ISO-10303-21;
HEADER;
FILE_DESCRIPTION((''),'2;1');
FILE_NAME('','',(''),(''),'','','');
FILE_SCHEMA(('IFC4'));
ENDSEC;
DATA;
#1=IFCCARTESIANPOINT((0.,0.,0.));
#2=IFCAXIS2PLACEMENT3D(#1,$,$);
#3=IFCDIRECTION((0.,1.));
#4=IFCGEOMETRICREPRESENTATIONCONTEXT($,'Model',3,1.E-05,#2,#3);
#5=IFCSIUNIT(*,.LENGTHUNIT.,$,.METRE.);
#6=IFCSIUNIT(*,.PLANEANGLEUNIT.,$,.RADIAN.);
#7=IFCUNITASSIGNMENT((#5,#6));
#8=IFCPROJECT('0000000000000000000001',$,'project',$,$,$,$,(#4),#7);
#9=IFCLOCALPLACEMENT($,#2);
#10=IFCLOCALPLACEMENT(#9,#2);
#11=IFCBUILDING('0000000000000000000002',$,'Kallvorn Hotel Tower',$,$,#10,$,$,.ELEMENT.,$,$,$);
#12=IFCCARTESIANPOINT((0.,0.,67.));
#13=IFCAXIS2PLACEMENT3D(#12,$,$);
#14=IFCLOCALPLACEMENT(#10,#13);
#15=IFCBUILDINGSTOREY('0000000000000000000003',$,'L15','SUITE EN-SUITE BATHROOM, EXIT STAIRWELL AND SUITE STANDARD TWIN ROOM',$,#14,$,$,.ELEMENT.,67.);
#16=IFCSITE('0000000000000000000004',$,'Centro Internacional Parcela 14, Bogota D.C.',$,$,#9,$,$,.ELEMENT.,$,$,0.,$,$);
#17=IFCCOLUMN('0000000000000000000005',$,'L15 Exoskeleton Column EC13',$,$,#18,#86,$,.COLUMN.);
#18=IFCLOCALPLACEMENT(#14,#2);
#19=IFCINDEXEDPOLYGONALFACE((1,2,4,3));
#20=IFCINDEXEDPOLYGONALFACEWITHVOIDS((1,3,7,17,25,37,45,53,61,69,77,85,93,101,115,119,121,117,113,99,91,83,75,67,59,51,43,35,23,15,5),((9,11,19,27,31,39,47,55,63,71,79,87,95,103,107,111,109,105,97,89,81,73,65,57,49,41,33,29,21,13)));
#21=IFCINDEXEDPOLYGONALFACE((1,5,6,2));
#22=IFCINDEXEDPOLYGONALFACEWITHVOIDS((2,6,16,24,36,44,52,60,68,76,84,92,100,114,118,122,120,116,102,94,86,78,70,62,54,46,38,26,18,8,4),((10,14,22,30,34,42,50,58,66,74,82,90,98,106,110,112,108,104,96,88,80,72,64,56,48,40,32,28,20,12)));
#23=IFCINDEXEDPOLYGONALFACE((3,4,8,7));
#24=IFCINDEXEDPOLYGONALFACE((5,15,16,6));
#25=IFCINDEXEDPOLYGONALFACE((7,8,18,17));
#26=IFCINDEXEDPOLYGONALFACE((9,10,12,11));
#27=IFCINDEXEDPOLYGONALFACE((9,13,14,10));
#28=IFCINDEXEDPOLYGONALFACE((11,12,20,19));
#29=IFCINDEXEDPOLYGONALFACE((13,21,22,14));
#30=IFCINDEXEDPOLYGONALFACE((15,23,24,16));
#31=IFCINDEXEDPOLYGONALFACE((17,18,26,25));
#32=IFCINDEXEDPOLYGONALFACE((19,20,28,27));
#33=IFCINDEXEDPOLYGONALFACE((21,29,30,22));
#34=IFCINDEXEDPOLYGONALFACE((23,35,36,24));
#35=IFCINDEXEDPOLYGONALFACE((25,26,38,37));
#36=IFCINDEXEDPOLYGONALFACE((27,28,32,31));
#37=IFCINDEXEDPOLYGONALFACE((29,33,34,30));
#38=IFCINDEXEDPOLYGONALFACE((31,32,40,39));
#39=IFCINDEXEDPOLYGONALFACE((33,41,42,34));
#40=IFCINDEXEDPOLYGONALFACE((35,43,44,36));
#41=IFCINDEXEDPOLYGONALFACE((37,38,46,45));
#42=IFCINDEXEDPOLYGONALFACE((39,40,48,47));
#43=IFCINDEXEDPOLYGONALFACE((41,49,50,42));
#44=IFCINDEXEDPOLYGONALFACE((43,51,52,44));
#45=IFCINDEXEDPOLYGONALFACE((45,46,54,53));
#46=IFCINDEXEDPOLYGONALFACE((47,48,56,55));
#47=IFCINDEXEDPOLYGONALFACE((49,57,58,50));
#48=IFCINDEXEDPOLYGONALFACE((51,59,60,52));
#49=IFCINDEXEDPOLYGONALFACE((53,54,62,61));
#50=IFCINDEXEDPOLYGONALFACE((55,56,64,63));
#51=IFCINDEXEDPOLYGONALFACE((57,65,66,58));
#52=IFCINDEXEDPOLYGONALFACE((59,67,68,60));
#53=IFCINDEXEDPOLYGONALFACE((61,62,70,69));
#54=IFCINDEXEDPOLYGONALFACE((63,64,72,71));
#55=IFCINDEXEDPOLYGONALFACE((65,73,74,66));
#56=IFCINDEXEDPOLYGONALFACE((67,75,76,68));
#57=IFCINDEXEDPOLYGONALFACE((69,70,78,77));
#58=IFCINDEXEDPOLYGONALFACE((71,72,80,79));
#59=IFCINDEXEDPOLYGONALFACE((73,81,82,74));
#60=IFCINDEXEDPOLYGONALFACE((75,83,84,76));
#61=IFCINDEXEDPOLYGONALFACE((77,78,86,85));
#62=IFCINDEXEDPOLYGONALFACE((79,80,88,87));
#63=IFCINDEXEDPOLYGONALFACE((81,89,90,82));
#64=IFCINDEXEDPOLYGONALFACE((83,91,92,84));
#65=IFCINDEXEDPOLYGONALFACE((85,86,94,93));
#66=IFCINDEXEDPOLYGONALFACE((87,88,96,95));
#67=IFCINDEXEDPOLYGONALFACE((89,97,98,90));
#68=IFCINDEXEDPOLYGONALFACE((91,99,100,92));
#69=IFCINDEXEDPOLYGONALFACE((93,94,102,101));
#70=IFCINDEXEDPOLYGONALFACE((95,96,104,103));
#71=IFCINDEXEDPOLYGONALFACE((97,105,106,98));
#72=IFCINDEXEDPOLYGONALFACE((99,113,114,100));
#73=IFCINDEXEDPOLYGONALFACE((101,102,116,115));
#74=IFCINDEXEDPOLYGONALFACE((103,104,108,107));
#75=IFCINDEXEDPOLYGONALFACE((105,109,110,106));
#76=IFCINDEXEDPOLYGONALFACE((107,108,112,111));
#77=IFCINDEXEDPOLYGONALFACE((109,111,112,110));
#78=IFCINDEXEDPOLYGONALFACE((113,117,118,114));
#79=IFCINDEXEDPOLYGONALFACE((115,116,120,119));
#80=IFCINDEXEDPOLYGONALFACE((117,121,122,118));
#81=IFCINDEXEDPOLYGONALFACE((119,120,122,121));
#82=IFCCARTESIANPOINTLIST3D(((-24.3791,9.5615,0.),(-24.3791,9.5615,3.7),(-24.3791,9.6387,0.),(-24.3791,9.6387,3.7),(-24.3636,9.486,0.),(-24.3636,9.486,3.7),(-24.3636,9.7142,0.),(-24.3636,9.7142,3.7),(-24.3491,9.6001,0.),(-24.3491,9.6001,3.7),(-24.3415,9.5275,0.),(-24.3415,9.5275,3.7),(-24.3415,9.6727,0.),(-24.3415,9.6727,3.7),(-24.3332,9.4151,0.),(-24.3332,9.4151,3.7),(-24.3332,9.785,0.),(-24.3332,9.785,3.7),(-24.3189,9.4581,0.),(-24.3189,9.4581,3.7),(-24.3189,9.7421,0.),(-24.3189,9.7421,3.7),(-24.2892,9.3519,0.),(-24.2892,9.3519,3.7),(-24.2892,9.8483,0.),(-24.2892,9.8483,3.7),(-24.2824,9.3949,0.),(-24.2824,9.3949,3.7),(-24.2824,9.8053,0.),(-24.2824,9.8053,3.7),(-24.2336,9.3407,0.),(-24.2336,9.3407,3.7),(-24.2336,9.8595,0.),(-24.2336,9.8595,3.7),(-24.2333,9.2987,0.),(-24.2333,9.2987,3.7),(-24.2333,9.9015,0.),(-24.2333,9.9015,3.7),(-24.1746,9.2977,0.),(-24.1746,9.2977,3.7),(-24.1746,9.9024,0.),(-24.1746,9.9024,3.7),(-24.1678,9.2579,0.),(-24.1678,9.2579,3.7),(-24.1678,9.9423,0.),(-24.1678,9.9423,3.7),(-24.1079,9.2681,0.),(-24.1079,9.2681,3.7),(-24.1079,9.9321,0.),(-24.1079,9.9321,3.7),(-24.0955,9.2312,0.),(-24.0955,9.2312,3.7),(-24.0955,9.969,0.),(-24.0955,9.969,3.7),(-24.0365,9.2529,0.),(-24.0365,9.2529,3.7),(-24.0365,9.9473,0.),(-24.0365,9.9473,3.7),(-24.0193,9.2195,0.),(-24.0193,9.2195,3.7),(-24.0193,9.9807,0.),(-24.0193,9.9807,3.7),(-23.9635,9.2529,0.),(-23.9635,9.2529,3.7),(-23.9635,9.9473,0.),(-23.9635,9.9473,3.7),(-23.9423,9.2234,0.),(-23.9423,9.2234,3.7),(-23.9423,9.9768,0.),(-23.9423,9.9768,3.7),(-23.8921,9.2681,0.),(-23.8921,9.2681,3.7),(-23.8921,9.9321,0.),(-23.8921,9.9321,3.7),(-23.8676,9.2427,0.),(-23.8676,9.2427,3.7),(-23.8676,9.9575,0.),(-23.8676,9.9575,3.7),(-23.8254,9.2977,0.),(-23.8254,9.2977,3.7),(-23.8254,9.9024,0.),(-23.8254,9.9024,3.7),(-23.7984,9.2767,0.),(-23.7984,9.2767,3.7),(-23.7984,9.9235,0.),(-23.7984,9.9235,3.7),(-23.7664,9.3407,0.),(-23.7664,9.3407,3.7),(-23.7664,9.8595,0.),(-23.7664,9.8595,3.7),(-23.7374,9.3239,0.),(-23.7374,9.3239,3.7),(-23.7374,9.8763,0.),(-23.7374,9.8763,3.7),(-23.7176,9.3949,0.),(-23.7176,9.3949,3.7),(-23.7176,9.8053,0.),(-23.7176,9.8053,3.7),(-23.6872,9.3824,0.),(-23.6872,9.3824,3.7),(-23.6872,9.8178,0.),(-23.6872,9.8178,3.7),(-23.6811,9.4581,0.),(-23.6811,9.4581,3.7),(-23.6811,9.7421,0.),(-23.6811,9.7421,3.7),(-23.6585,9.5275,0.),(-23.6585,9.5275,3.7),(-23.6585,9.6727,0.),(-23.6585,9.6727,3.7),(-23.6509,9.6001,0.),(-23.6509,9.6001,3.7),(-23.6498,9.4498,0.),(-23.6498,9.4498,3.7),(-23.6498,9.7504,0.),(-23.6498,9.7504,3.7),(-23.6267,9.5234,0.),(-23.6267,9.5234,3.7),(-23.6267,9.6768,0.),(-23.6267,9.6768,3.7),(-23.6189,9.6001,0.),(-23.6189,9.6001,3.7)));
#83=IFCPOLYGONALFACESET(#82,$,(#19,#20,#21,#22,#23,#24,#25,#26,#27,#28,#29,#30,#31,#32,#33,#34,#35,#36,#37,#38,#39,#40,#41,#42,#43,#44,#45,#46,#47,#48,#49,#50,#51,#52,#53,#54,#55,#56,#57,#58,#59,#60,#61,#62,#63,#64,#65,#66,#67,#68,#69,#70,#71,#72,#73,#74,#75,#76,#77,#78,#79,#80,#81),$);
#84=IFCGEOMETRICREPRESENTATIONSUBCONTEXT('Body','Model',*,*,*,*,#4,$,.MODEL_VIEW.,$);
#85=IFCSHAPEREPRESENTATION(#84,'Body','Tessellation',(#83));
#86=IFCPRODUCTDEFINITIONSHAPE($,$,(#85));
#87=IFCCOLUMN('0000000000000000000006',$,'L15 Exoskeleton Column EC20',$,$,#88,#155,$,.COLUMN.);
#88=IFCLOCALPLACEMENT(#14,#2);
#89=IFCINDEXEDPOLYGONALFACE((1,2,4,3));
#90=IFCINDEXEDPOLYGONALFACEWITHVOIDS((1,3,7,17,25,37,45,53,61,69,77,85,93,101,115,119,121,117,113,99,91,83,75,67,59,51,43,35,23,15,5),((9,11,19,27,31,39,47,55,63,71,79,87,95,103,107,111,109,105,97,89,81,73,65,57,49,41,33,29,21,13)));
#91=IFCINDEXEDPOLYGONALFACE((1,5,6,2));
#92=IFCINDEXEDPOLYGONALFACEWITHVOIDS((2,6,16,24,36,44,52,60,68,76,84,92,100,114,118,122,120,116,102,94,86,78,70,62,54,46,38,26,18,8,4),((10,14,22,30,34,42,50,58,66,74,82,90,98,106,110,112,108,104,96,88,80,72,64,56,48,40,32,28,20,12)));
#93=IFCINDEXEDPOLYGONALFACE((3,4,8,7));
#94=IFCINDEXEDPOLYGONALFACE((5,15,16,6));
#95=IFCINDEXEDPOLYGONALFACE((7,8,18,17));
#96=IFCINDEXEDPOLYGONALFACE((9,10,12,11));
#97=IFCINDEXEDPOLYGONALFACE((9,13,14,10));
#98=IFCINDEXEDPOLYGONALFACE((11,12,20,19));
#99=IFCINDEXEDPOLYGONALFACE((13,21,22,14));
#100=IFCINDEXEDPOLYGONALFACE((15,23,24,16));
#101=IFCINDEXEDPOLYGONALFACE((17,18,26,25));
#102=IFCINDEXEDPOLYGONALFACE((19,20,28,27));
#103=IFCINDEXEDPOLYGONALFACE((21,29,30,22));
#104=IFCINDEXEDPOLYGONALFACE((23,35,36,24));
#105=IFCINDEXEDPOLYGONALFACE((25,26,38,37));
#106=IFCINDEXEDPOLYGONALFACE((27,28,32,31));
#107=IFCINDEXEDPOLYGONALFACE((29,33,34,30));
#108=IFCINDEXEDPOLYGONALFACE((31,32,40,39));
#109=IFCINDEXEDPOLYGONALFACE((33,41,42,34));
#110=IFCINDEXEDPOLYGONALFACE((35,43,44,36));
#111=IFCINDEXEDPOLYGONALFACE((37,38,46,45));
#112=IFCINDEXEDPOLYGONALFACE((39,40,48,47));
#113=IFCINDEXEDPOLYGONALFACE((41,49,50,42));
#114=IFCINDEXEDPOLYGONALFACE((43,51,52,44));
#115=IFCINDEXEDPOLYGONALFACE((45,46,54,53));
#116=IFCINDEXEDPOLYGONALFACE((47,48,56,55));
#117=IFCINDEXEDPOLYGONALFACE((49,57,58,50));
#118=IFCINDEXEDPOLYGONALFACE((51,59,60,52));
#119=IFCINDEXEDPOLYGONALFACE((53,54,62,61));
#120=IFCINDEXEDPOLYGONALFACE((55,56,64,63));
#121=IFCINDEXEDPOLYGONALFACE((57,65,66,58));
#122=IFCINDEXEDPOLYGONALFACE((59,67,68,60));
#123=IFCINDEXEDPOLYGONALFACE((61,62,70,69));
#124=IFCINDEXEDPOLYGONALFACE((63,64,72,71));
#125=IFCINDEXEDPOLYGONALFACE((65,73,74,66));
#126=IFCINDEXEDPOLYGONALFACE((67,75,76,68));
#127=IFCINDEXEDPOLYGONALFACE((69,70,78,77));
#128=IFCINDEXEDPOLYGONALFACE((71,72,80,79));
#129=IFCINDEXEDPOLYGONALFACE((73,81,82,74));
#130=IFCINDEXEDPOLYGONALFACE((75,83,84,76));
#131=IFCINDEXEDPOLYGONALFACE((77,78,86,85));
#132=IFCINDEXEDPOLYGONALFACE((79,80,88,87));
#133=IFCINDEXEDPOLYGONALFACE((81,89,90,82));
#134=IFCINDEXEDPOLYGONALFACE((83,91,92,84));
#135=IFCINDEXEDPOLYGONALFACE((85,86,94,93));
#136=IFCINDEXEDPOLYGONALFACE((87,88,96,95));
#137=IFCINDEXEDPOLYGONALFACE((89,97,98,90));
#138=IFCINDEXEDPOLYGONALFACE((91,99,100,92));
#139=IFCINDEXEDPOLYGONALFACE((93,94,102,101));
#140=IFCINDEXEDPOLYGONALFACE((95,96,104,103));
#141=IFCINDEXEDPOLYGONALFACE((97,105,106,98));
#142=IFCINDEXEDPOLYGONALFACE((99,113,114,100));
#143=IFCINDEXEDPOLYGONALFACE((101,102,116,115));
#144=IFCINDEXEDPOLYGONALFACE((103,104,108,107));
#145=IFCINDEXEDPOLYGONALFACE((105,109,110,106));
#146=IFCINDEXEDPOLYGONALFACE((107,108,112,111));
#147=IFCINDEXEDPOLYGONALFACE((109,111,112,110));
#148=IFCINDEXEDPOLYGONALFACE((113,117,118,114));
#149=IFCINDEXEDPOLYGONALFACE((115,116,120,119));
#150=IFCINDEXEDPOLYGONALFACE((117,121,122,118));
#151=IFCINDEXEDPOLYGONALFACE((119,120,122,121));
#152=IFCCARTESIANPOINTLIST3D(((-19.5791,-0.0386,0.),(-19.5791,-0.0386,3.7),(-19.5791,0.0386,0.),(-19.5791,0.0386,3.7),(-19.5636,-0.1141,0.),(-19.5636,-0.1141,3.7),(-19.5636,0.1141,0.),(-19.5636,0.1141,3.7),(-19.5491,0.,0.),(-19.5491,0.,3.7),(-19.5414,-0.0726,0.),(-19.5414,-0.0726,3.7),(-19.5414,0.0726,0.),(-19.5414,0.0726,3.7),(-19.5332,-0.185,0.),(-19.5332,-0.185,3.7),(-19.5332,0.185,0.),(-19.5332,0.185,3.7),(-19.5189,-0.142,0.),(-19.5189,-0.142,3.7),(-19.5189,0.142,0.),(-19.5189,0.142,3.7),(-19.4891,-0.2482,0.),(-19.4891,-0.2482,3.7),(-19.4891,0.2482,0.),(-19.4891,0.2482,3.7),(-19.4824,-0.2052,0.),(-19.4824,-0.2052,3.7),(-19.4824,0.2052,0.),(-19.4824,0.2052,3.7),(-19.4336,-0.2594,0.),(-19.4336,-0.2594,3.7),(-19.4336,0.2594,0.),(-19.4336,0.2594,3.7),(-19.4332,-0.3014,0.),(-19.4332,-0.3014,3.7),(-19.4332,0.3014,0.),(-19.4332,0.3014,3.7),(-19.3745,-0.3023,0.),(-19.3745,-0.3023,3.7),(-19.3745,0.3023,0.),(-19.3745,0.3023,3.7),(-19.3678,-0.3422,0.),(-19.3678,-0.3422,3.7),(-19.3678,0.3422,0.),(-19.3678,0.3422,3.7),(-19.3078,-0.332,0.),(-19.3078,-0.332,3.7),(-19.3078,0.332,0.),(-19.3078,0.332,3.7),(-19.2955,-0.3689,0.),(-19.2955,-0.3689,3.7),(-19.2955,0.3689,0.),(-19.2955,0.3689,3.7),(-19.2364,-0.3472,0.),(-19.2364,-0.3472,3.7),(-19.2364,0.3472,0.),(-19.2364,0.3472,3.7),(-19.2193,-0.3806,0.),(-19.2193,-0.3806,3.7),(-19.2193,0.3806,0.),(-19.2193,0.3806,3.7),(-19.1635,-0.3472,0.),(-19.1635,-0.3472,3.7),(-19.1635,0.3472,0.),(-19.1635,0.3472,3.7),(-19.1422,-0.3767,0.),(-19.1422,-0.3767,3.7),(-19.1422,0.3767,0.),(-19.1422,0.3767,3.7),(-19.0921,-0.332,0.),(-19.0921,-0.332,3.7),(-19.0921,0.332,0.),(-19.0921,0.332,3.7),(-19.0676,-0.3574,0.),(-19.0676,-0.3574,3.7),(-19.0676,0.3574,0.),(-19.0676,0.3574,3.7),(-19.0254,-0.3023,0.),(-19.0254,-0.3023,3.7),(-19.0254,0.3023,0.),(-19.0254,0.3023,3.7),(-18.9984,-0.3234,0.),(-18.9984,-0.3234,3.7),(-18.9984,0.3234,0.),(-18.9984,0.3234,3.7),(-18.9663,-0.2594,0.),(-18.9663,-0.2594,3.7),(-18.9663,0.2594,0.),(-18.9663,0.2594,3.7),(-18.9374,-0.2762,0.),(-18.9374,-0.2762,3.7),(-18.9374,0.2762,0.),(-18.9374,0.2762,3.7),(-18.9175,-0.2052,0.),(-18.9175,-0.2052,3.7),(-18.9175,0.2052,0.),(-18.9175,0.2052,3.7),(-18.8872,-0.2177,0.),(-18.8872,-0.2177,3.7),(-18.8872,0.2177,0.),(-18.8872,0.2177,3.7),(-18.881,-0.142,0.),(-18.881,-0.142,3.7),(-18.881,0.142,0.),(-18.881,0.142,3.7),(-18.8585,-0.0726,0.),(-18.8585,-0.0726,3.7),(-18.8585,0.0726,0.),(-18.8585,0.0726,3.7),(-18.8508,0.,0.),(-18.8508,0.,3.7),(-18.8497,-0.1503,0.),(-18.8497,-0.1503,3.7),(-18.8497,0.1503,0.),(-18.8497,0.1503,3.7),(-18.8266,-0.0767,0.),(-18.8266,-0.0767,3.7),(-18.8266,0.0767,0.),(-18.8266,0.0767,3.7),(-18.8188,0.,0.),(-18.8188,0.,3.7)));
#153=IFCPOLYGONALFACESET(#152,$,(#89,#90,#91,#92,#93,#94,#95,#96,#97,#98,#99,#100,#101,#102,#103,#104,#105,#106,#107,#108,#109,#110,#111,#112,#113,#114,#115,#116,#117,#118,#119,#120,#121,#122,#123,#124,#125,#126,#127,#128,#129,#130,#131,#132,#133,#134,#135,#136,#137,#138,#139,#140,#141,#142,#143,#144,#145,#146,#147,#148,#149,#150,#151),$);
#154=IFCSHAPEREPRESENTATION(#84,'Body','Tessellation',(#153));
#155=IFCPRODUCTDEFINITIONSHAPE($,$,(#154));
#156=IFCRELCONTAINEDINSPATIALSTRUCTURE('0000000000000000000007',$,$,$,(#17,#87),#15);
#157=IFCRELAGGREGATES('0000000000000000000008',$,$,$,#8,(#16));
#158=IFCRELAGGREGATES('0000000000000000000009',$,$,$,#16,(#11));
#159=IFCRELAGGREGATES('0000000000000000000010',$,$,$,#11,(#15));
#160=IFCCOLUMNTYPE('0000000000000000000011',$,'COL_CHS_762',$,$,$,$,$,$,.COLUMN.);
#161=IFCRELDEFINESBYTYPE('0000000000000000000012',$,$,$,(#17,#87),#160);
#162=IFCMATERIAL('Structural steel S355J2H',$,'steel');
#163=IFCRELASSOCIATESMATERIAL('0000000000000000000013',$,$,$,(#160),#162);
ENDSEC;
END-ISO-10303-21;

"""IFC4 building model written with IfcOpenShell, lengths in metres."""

from ifc_helpers import new_model, si_unit, direction, frame, origin, origin_2d, place, context, subcontext, project, spatial, hollow_circle, extrude, material, material_profile, profile_set, type_object, element, save


model = new_model("IFC4")

# Units and contexts
model_context = context("Model", 3, precision=1e-05, world=origin(), true_north=direction((0.0, 1.0)))
body_context = subcontext(model_context, "Body", "Model", "MODEL_VIEW")
ifc_project = project(units=[si_unit("LENGTHUNIT", "METRE"), si_unit("PLANEANGLEUNIT", "RADIAN")], contexts=[model_context])

# Site, building, storey
site_placement = place(None, origin())
site = spatial("IfcSite", under=ifc_project, at=site_placement, Name="Centro Internacional Parcela 14, Bogota D.C.", CompositionType="ELEMENT", RefElevation=0.0)
building_placement = place(site_placement, origin())
building = spatial("IfcBuilding", under=site, at=building_placement, Name="Kallvorn Hotel Tower", CompositionType="ELEMENT")
storey_placement = place(building_placement, frame((0.0, 0.0, 67.0)))
storey = spatial("IfcBuildingStorey", under=building, at=storey_placement, Name="L15", Description="SUITE EN-SUITE BATHROOM, EXIT STAIRWELL AND SUITE STANDARD TWIN ROOM", CompositionType="ELEMENT", Elevation=67.0)

# Columns
ifc_material_1 = material(Name="Structural steel S355J2H", Category="steel")
ifc_material_profile_1 = material_profile(ifc_material_1, hollow_circle(Radius=0.3811, WallThickness=0.032, at=origin_2d()), Name="CHS 762x32")
ifc_profile_set_1 = profile_set([ifc_material_profile_1], Name="Structural steel S355J2H")
column_type_1 = type_object("IfcColumnType", Name="COL_CHS_762", PredefinedType="COLUMN", material=ifc_profile_set_1)
for number, where, z_axis, x_axis, name in (
    (1, (-24.0, 9.6001, 0.0), (0.0, 0.0, 1.0), (1.0, 0.0, 0.0), "L15 Exoskeleton Column EC13"),
    (2, (-19.2, 0.0, 0.0), (0.0, 0.0, 1.0), (1.0, 0.0, 0.0), "L15 Exoskeleton Column EC20"),
):
    element("IfcColumn", number, at=place(storey_placement, frame(where, z_axis=z_axis, x_axis=x_axis)), inside=storey, type_object=column_type_1, Name=name, PredefinedType="COLUMN", context=body_context, shape_type="SweptSolid", body=[
        extrude(hollow_circle(Radius=0.3811, WallThickness=0.032, at=origin_2d()), origin(), (0.0, 0.0, 1.0), 3.7),
    ])

save(model, "model.ifc")
